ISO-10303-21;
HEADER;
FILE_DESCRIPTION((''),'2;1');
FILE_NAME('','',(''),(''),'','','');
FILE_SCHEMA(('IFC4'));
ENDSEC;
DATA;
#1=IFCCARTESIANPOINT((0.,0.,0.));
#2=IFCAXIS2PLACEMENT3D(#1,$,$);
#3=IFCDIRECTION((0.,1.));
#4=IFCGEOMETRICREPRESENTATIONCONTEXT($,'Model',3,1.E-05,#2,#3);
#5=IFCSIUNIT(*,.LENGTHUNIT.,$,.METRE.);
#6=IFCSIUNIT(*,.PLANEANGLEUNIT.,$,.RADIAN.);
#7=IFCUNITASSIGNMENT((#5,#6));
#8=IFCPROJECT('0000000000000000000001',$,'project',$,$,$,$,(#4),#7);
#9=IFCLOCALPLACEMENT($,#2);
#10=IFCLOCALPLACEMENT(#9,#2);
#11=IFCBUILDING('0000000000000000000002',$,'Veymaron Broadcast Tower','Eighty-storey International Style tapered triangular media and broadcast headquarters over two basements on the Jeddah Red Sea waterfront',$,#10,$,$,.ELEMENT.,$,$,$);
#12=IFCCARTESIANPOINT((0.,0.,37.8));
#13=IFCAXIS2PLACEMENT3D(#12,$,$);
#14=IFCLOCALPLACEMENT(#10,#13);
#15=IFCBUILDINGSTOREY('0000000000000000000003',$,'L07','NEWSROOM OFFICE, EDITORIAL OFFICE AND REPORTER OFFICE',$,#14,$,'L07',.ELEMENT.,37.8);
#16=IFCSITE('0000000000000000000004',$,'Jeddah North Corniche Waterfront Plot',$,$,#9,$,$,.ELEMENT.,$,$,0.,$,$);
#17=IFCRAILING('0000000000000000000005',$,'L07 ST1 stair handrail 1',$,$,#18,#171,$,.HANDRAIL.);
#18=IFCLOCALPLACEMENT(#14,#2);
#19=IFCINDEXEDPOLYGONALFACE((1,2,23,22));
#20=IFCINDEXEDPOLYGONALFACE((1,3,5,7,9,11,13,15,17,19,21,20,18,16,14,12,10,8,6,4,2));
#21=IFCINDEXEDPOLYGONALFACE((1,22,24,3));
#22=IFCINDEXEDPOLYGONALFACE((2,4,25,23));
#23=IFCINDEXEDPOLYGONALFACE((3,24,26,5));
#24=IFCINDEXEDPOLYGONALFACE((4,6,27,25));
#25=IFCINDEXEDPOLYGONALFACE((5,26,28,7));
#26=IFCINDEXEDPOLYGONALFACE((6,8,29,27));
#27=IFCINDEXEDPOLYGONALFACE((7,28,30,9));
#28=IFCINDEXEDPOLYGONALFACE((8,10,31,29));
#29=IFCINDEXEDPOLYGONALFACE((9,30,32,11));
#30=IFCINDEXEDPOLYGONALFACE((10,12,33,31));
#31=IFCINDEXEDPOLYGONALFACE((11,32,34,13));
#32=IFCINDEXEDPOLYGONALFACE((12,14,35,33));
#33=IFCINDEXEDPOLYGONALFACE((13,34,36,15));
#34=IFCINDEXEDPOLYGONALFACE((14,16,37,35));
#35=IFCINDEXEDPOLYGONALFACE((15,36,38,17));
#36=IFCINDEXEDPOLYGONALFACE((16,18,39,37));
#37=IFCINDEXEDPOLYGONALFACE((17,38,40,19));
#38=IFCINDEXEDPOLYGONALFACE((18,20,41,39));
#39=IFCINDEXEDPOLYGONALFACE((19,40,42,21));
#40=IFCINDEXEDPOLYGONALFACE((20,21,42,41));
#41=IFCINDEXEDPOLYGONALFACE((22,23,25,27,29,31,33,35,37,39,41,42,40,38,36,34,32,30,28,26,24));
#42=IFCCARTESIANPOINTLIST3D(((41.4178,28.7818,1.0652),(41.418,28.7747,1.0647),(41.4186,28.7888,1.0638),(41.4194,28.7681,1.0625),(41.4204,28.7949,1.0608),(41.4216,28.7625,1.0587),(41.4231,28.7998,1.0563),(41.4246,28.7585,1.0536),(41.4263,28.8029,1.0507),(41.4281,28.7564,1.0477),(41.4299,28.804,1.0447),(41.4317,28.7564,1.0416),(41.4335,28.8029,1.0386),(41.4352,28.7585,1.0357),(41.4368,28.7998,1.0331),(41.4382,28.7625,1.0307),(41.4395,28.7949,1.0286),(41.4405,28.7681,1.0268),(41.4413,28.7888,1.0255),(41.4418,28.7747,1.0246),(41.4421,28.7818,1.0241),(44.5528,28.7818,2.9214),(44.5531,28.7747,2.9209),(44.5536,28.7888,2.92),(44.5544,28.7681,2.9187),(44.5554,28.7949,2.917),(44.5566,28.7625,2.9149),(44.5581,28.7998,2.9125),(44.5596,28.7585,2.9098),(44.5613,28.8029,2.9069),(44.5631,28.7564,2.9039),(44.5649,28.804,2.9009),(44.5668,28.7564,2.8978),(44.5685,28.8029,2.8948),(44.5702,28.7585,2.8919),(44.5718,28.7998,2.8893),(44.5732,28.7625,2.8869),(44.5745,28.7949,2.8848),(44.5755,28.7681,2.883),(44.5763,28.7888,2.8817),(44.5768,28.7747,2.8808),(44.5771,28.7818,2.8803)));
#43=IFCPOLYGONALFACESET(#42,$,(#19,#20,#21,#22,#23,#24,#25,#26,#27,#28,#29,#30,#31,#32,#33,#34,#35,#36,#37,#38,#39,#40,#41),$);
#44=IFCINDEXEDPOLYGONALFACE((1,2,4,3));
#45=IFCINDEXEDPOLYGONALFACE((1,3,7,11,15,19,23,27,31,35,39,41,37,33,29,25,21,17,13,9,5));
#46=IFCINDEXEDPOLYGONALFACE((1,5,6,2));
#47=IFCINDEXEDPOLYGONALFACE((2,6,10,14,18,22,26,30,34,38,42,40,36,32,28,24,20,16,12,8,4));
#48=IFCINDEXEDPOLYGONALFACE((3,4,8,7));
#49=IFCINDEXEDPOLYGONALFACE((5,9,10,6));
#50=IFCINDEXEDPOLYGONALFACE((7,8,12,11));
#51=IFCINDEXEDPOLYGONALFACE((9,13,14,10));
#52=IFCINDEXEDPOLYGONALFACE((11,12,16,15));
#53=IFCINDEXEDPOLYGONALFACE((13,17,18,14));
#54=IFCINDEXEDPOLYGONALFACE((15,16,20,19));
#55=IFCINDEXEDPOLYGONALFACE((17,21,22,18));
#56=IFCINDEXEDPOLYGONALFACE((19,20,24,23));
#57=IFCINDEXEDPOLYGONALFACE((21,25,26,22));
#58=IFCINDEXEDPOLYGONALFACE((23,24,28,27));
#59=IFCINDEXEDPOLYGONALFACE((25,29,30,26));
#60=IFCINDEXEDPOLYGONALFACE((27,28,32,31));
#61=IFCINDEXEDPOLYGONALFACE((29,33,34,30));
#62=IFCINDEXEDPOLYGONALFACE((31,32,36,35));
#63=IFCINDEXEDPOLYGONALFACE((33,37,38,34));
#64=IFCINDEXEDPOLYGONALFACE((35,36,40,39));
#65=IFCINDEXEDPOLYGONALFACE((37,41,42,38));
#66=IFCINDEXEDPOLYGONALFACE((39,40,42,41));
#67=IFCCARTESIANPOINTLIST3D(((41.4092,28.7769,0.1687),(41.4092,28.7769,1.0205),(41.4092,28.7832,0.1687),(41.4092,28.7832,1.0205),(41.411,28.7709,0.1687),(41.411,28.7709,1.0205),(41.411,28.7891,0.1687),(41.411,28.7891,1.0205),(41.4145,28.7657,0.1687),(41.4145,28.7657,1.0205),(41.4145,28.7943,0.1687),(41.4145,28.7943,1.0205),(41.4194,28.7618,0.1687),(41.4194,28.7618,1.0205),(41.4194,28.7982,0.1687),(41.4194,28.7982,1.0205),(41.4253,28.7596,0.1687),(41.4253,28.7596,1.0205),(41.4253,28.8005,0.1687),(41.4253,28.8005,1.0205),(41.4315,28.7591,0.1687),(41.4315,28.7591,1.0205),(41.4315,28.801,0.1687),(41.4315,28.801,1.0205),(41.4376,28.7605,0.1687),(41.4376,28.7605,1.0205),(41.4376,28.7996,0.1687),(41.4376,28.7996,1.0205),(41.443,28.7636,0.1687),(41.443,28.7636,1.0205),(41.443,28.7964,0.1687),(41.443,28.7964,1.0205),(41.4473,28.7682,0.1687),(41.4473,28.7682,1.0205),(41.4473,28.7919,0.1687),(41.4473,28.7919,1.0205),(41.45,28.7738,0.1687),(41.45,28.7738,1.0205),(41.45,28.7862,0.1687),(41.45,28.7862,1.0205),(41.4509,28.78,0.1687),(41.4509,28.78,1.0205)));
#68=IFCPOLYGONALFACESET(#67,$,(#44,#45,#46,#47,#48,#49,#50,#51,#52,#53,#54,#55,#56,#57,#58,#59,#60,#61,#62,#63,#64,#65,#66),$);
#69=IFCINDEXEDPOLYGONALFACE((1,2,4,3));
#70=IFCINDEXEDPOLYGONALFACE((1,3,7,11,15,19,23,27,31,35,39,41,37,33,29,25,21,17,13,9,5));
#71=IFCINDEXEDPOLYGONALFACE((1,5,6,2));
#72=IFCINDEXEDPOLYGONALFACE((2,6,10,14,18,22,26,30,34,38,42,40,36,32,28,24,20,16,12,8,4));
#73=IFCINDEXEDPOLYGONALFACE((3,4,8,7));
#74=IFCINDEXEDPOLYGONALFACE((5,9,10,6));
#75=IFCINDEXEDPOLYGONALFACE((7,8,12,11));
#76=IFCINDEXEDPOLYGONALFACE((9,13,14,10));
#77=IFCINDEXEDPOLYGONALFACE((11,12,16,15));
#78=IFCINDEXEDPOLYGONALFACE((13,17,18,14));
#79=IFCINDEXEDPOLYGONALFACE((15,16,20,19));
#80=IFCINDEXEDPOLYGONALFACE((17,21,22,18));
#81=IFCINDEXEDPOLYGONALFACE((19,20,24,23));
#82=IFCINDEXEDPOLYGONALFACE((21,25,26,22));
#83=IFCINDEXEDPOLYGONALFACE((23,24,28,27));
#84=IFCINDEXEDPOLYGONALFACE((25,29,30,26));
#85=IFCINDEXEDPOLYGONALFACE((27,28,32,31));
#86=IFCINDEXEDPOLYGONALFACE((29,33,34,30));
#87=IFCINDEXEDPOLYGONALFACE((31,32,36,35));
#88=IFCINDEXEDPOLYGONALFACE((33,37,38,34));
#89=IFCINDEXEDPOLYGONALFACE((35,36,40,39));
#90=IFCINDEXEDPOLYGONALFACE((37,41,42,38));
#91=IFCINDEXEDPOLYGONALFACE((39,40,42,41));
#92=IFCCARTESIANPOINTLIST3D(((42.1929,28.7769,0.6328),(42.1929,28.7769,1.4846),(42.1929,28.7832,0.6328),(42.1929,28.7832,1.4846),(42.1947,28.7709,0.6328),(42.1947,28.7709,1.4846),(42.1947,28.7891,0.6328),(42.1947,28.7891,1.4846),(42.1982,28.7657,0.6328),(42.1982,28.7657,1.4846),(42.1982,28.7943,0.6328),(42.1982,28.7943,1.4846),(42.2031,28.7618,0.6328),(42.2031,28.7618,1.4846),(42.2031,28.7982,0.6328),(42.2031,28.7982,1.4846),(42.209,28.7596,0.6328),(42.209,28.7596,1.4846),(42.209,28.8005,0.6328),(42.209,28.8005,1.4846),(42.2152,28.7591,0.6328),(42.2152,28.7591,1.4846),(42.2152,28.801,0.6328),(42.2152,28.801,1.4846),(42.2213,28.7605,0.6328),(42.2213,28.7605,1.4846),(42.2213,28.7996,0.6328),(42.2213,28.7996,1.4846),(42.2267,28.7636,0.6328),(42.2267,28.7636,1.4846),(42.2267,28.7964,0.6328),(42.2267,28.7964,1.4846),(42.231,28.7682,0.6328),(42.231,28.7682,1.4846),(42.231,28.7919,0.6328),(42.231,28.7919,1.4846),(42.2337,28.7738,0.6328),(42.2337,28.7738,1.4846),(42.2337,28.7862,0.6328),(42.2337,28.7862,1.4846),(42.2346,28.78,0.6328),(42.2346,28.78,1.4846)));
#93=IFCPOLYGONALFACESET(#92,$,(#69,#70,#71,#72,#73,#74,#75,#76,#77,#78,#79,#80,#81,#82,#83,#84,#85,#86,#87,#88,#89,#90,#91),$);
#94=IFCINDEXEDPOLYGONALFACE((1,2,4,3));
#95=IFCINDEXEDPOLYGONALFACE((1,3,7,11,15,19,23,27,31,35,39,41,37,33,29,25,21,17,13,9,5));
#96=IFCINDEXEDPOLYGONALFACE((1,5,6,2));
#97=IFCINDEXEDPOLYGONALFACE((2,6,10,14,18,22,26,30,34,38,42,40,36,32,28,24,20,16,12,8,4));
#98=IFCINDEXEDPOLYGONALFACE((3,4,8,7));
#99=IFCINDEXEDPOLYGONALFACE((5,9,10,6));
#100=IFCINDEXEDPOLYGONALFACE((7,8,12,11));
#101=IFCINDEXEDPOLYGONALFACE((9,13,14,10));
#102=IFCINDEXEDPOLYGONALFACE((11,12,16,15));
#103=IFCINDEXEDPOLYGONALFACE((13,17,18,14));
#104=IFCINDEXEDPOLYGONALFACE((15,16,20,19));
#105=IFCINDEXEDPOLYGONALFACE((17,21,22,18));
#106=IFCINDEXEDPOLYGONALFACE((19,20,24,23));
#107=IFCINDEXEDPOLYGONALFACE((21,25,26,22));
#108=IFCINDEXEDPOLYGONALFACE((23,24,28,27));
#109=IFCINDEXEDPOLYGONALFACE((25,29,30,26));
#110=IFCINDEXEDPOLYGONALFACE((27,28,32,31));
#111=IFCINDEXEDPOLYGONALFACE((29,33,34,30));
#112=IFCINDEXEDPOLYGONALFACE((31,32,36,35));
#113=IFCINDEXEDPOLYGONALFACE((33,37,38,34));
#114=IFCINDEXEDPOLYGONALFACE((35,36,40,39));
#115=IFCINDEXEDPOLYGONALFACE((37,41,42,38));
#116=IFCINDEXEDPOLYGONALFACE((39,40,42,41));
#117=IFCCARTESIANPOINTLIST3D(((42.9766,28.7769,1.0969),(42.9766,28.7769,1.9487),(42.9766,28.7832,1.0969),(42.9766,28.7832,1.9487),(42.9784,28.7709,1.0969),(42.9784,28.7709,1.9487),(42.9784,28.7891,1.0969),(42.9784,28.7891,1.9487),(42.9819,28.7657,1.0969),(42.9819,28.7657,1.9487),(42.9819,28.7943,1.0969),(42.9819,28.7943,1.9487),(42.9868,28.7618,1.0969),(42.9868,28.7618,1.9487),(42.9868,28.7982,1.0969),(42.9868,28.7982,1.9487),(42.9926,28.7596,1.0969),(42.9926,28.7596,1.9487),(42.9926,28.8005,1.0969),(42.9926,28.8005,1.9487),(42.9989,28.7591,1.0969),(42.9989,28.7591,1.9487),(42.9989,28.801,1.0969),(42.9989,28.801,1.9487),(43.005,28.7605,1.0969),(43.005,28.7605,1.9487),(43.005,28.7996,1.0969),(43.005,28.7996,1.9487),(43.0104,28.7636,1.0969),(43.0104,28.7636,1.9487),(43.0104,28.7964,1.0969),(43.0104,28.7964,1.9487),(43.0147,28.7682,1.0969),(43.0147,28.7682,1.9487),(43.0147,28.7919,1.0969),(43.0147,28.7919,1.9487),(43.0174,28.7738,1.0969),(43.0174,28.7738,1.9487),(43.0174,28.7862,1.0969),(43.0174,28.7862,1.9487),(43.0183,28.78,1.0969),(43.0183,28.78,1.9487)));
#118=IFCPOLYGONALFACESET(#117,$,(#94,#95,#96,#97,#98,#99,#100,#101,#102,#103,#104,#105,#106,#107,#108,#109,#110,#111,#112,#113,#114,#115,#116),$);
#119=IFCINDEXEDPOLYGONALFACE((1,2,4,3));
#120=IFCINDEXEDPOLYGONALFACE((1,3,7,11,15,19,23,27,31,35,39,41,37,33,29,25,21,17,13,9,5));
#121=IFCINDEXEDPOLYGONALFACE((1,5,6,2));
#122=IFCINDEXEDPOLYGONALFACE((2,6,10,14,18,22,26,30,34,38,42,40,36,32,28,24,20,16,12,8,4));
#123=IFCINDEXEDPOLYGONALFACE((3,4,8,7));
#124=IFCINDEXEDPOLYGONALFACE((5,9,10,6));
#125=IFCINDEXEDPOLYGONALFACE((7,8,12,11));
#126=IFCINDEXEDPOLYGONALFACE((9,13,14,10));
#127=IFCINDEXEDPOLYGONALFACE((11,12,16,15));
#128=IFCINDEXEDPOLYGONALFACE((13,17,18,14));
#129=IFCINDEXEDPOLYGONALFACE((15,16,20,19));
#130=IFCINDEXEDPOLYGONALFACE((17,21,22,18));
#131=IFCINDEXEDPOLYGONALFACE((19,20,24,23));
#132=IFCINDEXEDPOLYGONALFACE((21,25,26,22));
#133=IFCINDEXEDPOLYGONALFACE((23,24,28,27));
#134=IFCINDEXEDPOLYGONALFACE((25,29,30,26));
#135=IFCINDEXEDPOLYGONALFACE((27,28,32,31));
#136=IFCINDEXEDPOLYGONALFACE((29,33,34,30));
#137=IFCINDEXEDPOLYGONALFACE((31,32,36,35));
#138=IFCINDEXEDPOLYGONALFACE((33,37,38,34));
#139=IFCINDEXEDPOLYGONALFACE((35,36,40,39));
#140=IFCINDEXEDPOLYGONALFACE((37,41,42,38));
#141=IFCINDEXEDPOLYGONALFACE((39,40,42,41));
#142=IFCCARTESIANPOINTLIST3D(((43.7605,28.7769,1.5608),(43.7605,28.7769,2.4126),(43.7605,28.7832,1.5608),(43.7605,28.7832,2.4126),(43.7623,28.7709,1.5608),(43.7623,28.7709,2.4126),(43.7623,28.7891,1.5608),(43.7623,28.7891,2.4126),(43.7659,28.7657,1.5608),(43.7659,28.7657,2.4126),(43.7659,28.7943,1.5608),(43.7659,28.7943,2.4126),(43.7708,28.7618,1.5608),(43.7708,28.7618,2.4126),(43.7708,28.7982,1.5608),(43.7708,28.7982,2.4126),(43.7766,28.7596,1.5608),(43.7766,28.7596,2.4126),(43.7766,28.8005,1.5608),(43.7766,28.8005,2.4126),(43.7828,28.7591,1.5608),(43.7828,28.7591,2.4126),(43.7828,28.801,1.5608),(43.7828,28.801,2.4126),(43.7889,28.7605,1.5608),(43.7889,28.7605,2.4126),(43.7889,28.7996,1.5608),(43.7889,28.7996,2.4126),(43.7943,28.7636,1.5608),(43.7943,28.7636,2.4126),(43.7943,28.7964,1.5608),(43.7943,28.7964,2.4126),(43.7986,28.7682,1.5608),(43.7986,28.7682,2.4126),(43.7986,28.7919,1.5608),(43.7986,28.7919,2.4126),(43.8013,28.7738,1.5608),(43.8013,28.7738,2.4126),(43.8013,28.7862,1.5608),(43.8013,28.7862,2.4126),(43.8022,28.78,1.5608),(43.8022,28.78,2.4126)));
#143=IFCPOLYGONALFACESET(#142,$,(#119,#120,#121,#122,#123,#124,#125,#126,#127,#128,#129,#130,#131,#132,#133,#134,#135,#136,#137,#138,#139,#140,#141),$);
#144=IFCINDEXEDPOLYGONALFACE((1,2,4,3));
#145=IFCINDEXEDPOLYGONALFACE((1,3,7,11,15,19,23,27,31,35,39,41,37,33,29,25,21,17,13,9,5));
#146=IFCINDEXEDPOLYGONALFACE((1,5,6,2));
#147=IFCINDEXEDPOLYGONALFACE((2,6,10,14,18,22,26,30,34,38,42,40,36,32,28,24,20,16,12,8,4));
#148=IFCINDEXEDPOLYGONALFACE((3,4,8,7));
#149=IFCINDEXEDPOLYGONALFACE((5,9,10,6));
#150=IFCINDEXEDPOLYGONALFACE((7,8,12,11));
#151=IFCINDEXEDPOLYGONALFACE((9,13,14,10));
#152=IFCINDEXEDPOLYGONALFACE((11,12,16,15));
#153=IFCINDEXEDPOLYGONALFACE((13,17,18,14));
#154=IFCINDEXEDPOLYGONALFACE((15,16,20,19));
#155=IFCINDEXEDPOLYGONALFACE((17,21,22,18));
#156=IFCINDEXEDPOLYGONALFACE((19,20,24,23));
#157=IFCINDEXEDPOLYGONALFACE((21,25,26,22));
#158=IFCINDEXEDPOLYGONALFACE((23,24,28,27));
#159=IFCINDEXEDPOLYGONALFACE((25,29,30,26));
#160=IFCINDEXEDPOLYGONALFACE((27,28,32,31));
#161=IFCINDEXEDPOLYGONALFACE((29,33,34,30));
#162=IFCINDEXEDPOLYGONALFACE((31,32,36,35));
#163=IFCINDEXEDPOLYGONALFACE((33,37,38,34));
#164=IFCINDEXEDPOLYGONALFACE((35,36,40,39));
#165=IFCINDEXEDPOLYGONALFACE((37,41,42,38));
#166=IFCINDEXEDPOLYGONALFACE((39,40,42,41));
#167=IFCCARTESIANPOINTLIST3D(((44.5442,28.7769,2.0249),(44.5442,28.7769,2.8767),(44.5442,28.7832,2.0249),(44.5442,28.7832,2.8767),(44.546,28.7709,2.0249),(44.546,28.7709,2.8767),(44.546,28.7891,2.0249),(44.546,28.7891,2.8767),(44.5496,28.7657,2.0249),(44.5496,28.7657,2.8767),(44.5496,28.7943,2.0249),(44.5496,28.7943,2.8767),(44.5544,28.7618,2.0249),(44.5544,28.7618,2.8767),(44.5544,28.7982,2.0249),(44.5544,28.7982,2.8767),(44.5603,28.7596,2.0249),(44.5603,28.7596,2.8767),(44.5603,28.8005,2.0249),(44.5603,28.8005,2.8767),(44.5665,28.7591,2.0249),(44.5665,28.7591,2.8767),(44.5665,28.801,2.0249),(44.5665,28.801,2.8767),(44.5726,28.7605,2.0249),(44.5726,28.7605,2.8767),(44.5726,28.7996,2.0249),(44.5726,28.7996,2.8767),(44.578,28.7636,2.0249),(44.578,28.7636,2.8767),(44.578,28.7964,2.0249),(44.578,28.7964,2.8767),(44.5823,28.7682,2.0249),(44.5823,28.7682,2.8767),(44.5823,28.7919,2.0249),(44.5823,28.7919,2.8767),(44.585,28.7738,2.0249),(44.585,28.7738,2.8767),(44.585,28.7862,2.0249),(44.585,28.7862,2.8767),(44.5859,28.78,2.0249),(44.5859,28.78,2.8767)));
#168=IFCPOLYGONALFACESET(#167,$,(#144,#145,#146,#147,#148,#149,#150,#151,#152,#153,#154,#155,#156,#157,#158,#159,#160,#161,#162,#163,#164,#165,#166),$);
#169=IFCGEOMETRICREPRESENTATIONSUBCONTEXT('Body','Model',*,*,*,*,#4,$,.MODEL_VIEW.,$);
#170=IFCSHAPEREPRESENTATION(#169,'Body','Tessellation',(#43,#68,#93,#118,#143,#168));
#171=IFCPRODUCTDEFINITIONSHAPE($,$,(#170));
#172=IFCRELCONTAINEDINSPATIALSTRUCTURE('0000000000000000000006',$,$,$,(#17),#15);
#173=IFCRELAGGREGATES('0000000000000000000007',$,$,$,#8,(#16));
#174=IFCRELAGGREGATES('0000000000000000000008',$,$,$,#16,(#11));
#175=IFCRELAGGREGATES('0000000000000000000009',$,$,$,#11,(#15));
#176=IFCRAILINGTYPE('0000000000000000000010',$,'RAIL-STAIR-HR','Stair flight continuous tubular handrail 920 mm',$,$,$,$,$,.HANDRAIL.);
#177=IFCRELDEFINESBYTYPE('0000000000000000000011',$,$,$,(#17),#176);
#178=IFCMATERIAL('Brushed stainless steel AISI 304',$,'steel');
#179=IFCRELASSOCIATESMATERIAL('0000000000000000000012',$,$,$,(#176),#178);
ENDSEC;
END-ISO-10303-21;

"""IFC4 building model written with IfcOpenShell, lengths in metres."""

from ifc_helpers import new_model, si_unit, direction, frame, origin, origin_2d, place, context, subcontext, project, spatial, circle, extrude, material, type_object, element, save


model = new_model("IFC4")

# Units and contexts
model_context = context("Model", 3, precision=1e-05, world=origin(), true_north=direction((0.0, 1.0)))
body_context = subcontext(model_context, "Body", "Model", "MODEL_VIEW")
ifc_project = project(units=[si_unit("LENGTHUNIT", "METRE"), si_unit("PLANEANGLEUNIT", "RADIAN")], contexts=[model_context])

# Site, building, storey
site_placement = place(None, origin())
site = spatial("IfcSite", under=ifc_project, at=site_placement, Name="Jeddah North Corniche Waterfront Plot", CompositionType="ELEMENT", RefElevation=0.0)
building_placement = place(site_placement, origin())
building = spatial("IfcBuilding", under=site, at=building_placement, Name="Veymaron Broadcast Tower", Description="Eighty-storey International Style tapered triangular media and broadcast headquarters over two basements on the Jeddah Red Sea waterfront", CompositionType="ELEMENT")
storey_placement = place(building_placement, frame((0.0, 0.0, 37.8)))
storey = spatial("IfcBuildingStorey", under=building, at=storey_placement, Name="L07", Description="NEWSROOM OFFICE, EDITORIAL OFFICE AND REPORTER OFFICE", LongName="L07", CompositionType="ELEMENT", Elevation=37.8)

# Railing
ifc_material_1 = material(Name="Brushed stainless steel AISI 304", Category="steel")
railing_type_1 = type_object("IfcRailingType", Name="RAIL-STAIR-HR", Description="Stair flight continuous tubular handrail 920 mm", PredefinedType="HANDRAIL", material=ifc_material_1)
railing_1_placement = place(storey_placement, frame((41.4299, 28.78, 0.1687)))
element("IfcRailing", 1, at=railing_1_placement, inside=storey, type_object=railing_type_1, Name="L07 ST1 stair handrail 1", PredefinedType="HANDRAIL", context=body_context, shape_type="SweptSolid", body=[
    extrude(circle(Radius=0.0239, at=origin_2d()), frame((0.0, 0.0, 0.876), z_axis=(0.860482, 0.0, 0.509481), x_axis=(0.0, 1.0, 0.0)), (0.0, 0.0, 1.0), 3.6433),
    extrude(circle(Radius=0.021, at=origin_2d()), origin(), (0.0, 0.0, 1.0), 0.8518),
    extrude(circle(Radius=0.021, at=origin_2d()), frame((0.7837, 0.0, 0.4641)), (0.0, 0.0, 1.0), 0.8518),
    extrude(circle(Radius=0.021, at=origin_2d()), frame((1.5674, 0.0, 0.9282)), (0.0, 0.0, 1.0), 0.8518),
    extrude(circle(Radius=0.021, at=origin_2d()), frame((2.3513, 0.0, 1.3921)), (0.0, 0.0, 1.0), 0.8518),
    extrude(circle(Radius=0.021, at=origin_2d()), frame((3.135, 0.0, 1.8562)), (0.0, 0.0, 1.0), 0.8518),
])

save(model, "model.ifc")
